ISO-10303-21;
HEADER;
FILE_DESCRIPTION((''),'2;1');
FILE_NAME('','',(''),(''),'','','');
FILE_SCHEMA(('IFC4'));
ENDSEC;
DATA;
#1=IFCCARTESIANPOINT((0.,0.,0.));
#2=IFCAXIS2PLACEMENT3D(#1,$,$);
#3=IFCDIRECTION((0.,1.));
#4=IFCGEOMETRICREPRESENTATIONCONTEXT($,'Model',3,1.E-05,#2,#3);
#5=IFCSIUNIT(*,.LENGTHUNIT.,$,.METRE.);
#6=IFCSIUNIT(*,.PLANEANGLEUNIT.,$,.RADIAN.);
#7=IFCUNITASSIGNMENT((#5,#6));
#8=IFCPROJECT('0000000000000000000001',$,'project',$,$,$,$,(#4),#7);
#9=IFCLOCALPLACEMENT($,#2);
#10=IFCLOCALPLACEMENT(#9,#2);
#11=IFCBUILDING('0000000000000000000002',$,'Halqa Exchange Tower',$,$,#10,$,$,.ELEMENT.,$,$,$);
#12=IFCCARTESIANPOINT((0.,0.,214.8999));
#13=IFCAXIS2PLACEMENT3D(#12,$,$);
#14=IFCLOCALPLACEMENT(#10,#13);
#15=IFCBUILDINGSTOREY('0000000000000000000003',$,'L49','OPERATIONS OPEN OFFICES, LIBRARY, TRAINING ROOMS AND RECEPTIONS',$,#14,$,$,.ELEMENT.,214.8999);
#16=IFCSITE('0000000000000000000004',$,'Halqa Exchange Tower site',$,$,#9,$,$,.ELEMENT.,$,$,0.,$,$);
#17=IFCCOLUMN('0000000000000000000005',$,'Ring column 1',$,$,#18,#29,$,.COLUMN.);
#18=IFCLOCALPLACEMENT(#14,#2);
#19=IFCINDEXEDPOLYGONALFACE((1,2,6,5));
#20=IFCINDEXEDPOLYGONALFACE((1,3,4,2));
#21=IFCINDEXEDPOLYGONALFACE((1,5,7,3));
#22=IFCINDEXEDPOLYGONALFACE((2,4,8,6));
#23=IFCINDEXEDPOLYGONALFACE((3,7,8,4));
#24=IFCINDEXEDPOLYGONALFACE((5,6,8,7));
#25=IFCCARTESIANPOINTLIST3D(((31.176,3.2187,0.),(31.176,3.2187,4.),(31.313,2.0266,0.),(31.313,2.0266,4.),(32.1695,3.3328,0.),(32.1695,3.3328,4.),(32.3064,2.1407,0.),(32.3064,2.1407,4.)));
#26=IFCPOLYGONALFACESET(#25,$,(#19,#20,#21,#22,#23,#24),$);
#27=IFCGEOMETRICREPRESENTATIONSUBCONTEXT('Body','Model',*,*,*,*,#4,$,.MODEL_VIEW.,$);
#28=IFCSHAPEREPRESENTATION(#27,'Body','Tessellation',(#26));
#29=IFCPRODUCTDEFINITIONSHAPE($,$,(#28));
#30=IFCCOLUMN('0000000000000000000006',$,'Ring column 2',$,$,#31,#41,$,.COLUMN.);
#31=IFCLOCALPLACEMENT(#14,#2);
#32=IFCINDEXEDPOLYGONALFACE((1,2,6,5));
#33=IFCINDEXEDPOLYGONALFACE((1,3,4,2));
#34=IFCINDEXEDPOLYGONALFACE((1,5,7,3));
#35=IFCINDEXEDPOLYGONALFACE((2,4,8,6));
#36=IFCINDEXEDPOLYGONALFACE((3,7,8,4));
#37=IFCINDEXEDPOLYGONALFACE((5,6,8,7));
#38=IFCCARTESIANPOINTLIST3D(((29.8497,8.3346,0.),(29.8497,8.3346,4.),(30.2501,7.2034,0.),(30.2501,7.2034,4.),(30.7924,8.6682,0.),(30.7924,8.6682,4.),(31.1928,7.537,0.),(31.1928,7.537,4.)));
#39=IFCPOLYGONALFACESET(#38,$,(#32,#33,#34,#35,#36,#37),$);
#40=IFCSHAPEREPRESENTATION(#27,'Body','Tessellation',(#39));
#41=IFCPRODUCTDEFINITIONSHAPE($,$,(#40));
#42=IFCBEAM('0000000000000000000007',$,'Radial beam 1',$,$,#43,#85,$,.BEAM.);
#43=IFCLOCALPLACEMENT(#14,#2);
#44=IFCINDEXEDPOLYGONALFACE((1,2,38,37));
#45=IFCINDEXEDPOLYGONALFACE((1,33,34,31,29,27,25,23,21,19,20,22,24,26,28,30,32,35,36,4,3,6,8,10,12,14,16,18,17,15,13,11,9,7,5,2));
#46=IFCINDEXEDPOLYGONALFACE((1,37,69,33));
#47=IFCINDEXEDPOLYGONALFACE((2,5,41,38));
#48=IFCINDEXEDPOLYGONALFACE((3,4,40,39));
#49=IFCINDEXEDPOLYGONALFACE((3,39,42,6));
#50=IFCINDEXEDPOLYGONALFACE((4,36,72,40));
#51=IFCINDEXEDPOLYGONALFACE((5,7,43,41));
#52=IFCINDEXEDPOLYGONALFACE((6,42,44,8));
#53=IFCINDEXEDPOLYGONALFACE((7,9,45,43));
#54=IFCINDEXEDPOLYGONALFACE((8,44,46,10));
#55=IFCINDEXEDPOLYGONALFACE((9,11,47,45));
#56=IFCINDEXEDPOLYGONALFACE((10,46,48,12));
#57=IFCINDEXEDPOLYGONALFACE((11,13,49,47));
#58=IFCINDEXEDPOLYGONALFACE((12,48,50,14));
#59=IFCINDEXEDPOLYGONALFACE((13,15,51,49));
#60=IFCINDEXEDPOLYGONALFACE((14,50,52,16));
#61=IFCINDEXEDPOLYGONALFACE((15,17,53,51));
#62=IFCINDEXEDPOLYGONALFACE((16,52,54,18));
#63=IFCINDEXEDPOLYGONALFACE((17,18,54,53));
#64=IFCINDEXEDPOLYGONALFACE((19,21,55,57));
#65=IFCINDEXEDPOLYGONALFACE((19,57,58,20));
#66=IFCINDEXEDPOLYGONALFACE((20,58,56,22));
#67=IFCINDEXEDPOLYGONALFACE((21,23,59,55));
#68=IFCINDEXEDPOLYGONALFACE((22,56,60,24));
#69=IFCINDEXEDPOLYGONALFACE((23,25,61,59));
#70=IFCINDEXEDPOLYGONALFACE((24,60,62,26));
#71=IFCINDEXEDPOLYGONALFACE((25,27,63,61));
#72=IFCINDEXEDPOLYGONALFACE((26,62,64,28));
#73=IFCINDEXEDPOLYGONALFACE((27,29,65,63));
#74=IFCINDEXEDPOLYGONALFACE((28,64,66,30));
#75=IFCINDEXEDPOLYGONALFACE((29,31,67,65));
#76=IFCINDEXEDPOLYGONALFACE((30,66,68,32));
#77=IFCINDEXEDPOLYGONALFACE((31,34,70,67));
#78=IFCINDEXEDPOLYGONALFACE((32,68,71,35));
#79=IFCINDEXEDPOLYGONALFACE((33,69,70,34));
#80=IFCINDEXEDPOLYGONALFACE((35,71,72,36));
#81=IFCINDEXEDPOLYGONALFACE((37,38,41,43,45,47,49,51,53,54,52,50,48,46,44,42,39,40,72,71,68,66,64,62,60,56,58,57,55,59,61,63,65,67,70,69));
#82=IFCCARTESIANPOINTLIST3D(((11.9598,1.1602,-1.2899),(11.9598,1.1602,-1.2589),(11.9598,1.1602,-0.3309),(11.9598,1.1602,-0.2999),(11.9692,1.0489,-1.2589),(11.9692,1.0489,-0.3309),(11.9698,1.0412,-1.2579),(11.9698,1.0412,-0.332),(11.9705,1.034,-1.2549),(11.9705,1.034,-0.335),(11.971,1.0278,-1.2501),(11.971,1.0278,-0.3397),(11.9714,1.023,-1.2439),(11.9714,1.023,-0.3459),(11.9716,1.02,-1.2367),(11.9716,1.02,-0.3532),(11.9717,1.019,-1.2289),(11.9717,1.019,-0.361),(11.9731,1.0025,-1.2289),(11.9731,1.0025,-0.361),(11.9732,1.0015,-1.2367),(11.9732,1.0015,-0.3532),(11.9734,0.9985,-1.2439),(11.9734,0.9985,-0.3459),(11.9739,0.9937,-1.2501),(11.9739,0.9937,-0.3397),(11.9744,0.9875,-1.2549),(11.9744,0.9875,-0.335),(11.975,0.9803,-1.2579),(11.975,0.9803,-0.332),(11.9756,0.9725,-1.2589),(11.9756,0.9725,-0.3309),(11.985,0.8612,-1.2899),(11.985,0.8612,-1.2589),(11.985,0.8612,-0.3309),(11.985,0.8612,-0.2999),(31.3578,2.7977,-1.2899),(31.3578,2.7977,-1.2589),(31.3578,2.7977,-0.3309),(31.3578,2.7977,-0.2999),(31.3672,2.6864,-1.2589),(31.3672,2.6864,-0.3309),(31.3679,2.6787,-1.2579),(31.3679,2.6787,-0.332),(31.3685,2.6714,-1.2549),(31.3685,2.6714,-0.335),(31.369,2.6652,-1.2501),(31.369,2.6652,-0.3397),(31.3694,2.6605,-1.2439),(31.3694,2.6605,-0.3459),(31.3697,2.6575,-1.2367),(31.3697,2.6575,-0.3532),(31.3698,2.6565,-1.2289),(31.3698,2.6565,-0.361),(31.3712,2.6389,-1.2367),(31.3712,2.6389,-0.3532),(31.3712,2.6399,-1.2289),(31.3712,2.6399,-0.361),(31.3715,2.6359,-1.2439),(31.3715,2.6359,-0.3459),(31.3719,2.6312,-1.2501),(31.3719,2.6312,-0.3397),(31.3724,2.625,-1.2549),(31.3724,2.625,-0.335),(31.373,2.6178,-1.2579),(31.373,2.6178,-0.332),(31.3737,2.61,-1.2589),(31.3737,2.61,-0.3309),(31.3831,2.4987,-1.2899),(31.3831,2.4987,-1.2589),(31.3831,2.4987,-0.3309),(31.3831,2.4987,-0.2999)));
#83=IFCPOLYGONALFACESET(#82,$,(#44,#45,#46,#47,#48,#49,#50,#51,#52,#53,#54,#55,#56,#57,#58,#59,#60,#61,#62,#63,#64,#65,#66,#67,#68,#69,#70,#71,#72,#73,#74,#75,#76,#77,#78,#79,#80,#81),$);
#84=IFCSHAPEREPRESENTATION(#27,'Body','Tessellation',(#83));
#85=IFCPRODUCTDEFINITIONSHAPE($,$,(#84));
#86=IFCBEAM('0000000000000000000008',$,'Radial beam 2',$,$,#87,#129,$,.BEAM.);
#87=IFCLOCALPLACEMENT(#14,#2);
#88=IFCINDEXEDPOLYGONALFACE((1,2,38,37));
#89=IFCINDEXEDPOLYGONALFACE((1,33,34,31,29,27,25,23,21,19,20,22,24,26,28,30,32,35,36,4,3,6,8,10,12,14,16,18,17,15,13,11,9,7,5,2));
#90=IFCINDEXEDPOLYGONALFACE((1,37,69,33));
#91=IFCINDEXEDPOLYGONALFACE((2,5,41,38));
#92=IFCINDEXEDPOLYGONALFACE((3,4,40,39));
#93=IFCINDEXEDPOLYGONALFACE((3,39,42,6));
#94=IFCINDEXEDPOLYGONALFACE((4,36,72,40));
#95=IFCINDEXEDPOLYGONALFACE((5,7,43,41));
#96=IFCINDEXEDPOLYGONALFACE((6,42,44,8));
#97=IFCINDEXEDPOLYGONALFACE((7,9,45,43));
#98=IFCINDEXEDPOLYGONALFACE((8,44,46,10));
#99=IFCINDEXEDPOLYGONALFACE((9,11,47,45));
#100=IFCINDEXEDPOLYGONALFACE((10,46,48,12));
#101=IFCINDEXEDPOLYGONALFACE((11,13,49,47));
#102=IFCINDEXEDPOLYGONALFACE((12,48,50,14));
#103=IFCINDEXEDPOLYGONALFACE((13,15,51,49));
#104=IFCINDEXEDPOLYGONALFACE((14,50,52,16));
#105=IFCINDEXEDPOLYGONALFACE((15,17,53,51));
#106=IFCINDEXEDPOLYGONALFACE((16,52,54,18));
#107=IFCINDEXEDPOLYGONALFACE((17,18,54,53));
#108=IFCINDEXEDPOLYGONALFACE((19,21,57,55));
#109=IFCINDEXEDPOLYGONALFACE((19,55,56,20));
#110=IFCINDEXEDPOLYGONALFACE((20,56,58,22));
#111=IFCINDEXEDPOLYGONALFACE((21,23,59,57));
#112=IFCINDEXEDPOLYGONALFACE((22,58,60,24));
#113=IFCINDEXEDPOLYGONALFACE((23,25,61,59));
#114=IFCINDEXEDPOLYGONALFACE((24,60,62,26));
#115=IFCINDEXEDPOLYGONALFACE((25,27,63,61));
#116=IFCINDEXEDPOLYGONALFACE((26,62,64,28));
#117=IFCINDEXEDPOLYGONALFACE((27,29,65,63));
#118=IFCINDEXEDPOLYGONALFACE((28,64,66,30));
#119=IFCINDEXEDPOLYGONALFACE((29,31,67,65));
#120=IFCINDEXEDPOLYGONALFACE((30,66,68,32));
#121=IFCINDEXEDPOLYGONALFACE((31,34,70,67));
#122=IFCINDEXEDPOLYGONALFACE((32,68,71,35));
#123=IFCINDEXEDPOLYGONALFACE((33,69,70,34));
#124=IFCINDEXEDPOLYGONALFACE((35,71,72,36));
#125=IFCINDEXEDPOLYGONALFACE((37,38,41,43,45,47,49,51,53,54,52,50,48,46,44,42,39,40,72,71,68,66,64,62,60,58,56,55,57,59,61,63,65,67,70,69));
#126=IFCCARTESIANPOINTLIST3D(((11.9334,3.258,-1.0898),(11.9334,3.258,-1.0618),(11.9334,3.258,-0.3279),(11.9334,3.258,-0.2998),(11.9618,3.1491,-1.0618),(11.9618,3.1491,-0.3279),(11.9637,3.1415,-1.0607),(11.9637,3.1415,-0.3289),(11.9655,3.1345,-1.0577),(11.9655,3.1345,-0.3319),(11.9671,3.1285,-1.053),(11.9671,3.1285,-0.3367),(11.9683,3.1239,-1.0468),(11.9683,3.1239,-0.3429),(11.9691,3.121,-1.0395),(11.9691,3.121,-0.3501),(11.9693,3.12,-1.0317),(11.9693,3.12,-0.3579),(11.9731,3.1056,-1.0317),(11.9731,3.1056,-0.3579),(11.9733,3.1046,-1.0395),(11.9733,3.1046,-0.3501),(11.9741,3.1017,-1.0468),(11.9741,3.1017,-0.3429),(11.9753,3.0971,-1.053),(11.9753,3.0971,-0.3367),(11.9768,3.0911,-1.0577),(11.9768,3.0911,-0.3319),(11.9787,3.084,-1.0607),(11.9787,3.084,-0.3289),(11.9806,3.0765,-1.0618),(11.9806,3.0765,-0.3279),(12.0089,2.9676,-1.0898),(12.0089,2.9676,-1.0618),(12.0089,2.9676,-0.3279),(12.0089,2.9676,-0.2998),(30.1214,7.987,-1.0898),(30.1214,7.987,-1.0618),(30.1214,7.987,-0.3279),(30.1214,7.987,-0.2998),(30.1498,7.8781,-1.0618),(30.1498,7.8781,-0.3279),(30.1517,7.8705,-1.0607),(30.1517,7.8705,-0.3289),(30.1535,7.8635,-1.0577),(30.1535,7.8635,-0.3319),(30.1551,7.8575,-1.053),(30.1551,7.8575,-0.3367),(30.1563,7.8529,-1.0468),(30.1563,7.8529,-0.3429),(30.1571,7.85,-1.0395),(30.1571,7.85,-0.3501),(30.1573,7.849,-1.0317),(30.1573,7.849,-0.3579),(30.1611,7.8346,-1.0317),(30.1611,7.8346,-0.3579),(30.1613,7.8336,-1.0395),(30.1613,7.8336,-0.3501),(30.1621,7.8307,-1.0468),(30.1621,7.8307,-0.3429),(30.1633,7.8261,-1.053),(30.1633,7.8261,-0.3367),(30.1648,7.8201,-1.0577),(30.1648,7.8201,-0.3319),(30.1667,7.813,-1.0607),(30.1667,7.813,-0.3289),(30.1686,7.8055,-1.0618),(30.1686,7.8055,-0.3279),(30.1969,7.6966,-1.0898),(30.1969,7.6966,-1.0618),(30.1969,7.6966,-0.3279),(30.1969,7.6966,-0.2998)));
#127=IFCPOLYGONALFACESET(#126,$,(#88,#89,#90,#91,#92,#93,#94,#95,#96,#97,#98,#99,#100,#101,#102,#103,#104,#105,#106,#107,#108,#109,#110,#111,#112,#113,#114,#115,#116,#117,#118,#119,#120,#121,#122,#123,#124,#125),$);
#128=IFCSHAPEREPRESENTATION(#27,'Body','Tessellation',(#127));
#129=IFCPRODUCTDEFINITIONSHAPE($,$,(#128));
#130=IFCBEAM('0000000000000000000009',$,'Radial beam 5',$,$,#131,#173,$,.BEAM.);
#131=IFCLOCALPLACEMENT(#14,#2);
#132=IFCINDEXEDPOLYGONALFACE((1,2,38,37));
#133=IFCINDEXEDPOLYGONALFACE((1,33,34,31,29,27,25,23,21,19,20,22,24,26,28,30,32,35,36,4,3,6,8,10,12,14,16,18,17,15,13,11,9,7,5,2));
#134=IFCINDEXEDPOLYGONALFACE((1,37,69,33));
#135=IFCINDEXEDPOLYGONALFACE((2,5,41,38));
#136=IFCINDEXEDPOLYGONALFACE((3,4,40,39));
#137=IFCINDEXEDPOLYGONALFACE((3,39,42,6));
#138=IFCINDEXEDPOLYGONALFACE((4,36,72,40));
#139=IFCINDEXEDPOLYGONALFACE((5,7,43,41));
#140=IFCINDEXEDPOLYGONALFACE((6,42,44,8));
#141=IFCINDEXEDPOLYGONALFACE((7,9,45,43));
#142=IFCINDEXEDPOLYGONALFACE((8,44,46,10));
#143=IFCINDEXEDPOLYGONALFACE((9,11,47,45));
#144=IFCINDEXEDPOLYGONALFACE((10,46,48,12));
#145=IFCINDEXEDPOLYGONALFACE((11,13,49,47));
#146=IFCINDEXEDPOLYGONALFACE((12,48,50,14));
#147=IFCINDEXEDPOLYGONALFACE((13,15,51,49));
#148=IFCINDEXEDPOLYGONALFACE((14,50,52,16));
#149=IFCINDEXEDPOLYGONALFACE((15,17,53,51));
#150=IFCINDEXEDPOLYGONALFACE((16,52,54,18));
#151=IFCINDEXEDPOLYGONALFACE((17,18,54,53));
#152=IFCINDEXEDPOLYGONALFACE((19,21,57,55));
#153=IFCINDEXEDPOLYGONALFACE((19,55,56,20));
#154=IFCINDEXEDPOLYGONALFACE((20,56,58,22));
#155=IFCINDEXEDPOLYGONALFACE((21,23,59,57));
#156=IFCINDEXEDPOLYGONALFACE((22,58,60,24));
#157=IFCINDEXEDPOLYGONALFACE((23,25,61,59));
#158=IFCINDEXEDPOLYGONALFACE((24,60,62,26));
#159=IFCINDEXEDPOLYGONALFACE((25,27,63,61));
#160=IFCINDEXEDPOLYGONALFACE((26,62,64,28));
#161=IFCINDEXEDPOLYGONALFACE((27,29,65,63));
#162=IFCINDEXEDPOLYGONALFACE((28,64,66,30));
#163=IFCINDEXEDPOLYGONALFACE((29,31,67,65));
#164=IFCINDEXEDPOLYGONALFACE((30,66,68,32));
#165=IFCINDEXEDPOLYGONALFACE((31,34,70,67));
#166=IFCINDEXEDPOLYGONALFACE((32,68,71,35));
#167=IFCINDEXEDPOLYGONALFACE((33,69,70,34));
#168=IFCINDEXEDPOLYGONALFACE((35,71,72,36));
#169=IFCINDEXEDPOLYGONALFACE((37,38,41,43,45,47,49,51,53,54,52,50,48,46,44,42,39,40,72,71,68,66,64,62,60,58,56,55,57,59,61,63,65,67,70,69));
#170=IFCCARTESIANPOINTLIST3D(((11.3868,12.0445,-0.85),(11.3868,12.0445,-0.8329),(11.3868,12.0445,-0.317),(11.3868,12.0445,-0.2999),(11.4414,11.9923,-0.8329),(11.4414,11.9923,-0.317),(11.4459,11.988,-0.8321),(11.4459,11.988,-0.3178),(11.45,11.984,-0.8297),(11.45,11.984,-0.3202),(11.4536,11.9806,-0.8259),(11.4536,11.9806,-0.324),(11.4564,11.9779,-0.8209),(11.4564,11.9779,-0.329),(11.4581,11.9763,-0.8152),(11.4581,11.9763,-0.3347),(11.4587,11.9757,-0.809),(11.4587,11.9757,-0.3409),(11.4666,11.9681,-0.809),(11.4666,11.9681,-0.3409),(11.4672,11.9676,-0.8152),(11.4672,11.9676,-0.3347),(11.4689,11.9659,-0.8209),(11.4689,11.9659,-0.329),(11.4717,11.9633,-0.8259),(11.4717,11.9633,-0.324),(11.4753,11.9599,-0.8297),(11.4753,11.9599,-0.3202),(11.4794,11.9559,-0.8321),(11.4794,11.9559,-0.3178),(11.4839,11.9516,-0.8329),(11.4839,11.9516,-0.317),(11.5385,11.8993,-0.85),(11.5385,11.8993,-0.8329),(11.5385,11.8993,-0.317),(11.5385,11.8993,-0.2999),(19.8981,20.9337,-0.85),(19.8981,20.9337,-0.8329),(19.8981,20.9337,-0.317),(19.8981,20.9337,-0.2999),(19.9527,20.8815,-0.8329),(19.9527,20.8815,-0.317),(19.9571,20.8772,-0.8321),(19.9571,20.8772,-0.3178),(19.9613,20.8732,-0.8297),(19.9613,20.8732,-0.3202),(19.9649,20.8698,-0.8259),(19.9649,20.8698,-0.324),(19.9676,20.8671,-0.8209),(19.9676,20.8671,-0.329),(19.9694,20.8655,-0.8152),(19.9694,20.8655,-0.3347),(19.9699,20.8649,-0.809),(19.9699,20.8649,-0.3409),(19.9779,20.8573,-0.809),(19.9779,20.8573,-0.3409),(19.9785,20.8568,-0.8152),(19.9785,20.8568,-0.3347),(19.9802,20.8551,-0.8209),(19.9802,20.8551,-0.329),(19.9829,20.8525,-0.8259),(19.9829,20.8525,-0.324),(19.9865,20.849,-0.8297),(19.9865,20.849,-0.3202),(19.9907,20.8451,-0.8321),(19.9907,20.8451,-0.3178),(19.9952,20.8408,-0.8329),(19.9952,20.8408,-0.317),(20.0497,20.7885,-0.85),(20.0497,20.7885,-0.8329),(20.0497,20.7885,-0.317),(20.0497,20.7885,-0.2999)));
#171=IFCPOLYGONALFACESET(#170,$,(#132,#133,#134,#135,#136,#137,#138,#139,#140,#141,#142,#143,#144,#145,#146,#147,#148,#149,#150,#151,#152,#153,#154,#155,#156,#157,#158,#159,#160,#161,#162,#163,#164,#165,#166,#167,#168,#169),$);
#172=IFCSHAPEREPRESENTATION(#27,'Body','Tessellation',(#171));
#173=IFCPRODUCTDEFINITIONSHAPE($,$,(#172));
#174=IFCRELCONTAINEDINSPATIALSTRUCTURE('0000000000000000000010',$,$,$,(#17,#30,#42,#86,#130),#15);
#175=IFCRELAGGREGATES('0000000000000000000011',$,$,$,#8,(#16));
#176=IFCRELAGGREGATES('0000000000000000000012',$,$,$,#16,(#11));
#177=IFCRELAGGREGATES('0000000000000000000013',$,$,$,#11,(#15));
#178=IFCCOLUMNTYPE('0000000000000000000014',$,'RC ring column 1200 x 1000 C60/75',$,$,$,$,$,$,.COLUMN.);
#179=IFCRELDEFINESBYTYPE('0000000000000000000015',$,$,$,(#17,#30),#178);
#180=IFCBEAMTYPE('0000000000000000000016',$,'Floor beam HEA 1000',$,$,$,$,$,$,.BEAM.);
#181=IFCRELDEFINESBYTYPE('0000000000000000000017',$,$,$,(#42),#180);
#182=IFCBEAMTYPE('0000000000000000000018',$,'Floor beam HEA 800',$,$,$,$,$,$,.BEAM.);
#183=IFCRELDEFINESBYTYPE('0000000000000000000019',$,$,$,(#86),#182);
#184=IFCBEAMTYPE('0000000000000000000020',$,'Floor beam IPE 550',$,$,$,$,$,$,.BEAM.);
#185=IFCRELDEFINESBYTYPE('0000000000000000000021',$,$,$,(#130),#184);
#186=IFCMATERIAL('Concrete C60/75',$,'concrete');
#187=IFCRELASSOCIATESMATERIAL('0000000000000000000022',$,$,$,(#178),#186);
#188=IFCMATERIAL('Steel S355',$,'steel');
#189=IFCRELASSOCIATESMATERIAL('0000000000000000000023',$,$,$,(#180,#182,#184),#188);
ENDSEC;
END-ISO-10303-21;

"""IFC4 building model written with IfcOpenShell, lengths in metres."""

from ifc_helpers import new_model, si_unit, direction, frame, origin, origin_2d, place, context, subcontext, project, spatial, rectangle, i_section, extrude, material, material_profile, profile_set, type_object, element, save


model = new_model("IFC4")

# Units and contexts
model_context = context("Model", 3, precision=1e-05, world=origin(), true_north=direction((0.0, 1.0)))
body_context = subcontext(model_context, "Body", "Model", "MODEL_VIEW")
ifc_project = project(units=[si_unit("LENGTHUNIT", "METRE"), si_unit("PLANEANGLEUNIT", "RADIAN")], contexts=[model_context])

# Site, building, storey
site_placement = place(None, origin())
site = spatial("IfcSite", under=ifc_project, at=site_placement, Name="Halqa Exchange Tower site", CompositionType="ELEMENT", RefElevation=0.0)
building_placement = place(site_placement, origin())
building = spatial("IfcBuilding", under=site, at=building_placement, Name="Halqa Exchange Tower", CompositionType="ELEMENT")
storey_placement = place(building_placement, frame((0.0, 0.0, 214.8999)))
storey = spatial("IfcBuildingStorey", under=building, at=storey_placement, Name="L49", Description="OPERATIONS OPEN OFFICES, LIBRARY, TRAINING ROOMS AND RECEPTIONS", CompositionType="ELEMENT", Elevation=214.8999)

# Columns
ifc_material_1 = material(Name="Concrete C60/75", Category="concrete")
ifc_material_profile_1 = material_profile(ifc_material_1, rectangle(XDim=1.2, YDim=1.0, at=origin_2d()), Name="1200 x 1000")
ifc_profile_set_1 = profile_set([ifc_material_profile_1], Name="Concrete C60/75")
column_type = type_object("IfcColumnType", Name="RC ring column 1200 x 1000 C60/75", PredefinedType="COLUMN", material=ifc_profile_set_1)
for number, where, z_axis, x_axis, name in (
    (1, (31.7412, 2.6797, 0.0), (0.0, 0.0, 1.0), (-0.114157, 0.993463, 0.0), "Ring column 1"),
    (2, (30.5212, 7.9358, 0.0), (0.0, 0.0, 1.0), (-0.333626, 0.942706, 0.0), "Ring column 2"),
):
    element("IfcColumn", number, at=place(storey_placement, frame(where, z_axis=z_axis, x_axis=x_axis)), inside=storey, type_object=column_type, Name=name, PredefinedType="COLUMN", context=body_context, shape_type="SweptSolid", body=[
        extrude(rectangle(XDim=1.2, YDim=1.0, at=origin_2d()), origin(), (0.0, 0.0, 1.0), 4.0),
    ])

# Beams
ifc_material_2 = material(Name="Steel S355", Category="steel")
ifc_material_profile_2 = material_profile(ifc_material_2, i_section(OverallWidth=0.3, OverallDepth=0.99, WebThickness=0.0166, FlangeThickness=0.031, FilletRadius=0.03, at=origin_2d()), Name="HEA 1000")
ifc_profile_set_2 = profile_set([ifc_material_profile_2], Name="Steel S355")
beam_type_1 = type_object("IfcBeamType", Name="Floor beam HEA 1000", PredefinedType="BEAM", material=ifc_profile_set_2)
beam_1_placement = place(storey_placement, frame((11.9724, 1.0107, -0.7949), z_axis=(0.996456, 0.084114, 0.0), x_axis=(-0.084114, 0.996456, 0.0)))
element("IfcBeam", 3, at=beam_1_placement, inside=storey, type_object=beam_type_1, Name="Radial beam 1", PredefinedType="BEAM", context=body_context, shape_type="SweptSolid", body=[
    extrude(i_section(OverallWidth=0.3, OverallDepth=0.99, WebThickness=0.0166, FlangeThickness=0.031, FilletRadius=0.03, at=origin_2d()), origin(), (0.0, 0.0, 1.0), 19.467),
])
ifc_material_profile_3 = material_profile(ifc_material_2, i_section(OverallWidth=0.3, OverallDepth=0.79, WebThickness=0.0149, FlangeThickness=0.0281, FilletRadius=0.03, at=origin_2d()), Name="HEA 800")
ifc_profile_set_3 = profile_set([ifc_material_profile_3], Name="Steel S355")
beam_type_2 = type_object("IfcBeamType", Name="Floor beam HEA 800", PredefinedType="BEAM", material=ifc_profile_set_3)
beam_2_placement = place(storey_placement, frame((11.9712, 3.1128, -0.6948), z_axis=(0.967821, 0.25164, 0.0), x_axis=(-0.25164, 0.967821, 0.0)))
element("IfcBeam", 4, at=beam_2_placement, inside=storey, type_object=beam_type_2, Name="Radial beam 2", PredefinedType="BEAM", context=body_context, shape_type="SweptSolid", body=[
    extrude(i_section(OverallWidth=0.3, OverallDepth=0.79, WebThickness=0.0149, FlangeThickness=0.0281, FilletRadius=0.03, at=origin_2d()), origin(), (0.0, 0.0, 1.0), 18.7927),
])
ifc_material_profile_4 = material_profile(ifc_material_2, i_section(OverallWidth=0.21, OverallDepth=0.55, WebThickness=0.011, FlangeThickness=0.0171, FilletRadius=0.0239, at=origin_2d()), Name="IPE 550")
ifc_profile_set_4 = profile_set([ifc_material_profile_4], Name="Steel S355")
beam_type_3 = type_object("IfcBeamType", Name="Floor beam IPE 550", PredefinedType="BEAM", material=ifc_profile_set_4)
beam_3_placement = place(storey_placement, frame((11.4626, 11.9719, -0.575), z_axis=(0.691586, 0.722295, 0.0), x_axis=(-0.722295, 0.691586, 0.0)))
element("IfcBeam", 5, at=beam_3_placement, inside=storey, type_object=beam_type_3, Name="Radial beam 5", PredefinedType="BEAM", context=body_context, shape_type="SweptSolid", body=[
    extrude(i_section(OverallWidth=0.21, OverallDepth=0.55, WebThickness=0.011, FlangeThickness=0.0171, FilletRadius=0.0239, at=origin_2d()), origin(), (0.0, 0.0, 1.0), 12.3069),
])

save(model, "model.ifc")
